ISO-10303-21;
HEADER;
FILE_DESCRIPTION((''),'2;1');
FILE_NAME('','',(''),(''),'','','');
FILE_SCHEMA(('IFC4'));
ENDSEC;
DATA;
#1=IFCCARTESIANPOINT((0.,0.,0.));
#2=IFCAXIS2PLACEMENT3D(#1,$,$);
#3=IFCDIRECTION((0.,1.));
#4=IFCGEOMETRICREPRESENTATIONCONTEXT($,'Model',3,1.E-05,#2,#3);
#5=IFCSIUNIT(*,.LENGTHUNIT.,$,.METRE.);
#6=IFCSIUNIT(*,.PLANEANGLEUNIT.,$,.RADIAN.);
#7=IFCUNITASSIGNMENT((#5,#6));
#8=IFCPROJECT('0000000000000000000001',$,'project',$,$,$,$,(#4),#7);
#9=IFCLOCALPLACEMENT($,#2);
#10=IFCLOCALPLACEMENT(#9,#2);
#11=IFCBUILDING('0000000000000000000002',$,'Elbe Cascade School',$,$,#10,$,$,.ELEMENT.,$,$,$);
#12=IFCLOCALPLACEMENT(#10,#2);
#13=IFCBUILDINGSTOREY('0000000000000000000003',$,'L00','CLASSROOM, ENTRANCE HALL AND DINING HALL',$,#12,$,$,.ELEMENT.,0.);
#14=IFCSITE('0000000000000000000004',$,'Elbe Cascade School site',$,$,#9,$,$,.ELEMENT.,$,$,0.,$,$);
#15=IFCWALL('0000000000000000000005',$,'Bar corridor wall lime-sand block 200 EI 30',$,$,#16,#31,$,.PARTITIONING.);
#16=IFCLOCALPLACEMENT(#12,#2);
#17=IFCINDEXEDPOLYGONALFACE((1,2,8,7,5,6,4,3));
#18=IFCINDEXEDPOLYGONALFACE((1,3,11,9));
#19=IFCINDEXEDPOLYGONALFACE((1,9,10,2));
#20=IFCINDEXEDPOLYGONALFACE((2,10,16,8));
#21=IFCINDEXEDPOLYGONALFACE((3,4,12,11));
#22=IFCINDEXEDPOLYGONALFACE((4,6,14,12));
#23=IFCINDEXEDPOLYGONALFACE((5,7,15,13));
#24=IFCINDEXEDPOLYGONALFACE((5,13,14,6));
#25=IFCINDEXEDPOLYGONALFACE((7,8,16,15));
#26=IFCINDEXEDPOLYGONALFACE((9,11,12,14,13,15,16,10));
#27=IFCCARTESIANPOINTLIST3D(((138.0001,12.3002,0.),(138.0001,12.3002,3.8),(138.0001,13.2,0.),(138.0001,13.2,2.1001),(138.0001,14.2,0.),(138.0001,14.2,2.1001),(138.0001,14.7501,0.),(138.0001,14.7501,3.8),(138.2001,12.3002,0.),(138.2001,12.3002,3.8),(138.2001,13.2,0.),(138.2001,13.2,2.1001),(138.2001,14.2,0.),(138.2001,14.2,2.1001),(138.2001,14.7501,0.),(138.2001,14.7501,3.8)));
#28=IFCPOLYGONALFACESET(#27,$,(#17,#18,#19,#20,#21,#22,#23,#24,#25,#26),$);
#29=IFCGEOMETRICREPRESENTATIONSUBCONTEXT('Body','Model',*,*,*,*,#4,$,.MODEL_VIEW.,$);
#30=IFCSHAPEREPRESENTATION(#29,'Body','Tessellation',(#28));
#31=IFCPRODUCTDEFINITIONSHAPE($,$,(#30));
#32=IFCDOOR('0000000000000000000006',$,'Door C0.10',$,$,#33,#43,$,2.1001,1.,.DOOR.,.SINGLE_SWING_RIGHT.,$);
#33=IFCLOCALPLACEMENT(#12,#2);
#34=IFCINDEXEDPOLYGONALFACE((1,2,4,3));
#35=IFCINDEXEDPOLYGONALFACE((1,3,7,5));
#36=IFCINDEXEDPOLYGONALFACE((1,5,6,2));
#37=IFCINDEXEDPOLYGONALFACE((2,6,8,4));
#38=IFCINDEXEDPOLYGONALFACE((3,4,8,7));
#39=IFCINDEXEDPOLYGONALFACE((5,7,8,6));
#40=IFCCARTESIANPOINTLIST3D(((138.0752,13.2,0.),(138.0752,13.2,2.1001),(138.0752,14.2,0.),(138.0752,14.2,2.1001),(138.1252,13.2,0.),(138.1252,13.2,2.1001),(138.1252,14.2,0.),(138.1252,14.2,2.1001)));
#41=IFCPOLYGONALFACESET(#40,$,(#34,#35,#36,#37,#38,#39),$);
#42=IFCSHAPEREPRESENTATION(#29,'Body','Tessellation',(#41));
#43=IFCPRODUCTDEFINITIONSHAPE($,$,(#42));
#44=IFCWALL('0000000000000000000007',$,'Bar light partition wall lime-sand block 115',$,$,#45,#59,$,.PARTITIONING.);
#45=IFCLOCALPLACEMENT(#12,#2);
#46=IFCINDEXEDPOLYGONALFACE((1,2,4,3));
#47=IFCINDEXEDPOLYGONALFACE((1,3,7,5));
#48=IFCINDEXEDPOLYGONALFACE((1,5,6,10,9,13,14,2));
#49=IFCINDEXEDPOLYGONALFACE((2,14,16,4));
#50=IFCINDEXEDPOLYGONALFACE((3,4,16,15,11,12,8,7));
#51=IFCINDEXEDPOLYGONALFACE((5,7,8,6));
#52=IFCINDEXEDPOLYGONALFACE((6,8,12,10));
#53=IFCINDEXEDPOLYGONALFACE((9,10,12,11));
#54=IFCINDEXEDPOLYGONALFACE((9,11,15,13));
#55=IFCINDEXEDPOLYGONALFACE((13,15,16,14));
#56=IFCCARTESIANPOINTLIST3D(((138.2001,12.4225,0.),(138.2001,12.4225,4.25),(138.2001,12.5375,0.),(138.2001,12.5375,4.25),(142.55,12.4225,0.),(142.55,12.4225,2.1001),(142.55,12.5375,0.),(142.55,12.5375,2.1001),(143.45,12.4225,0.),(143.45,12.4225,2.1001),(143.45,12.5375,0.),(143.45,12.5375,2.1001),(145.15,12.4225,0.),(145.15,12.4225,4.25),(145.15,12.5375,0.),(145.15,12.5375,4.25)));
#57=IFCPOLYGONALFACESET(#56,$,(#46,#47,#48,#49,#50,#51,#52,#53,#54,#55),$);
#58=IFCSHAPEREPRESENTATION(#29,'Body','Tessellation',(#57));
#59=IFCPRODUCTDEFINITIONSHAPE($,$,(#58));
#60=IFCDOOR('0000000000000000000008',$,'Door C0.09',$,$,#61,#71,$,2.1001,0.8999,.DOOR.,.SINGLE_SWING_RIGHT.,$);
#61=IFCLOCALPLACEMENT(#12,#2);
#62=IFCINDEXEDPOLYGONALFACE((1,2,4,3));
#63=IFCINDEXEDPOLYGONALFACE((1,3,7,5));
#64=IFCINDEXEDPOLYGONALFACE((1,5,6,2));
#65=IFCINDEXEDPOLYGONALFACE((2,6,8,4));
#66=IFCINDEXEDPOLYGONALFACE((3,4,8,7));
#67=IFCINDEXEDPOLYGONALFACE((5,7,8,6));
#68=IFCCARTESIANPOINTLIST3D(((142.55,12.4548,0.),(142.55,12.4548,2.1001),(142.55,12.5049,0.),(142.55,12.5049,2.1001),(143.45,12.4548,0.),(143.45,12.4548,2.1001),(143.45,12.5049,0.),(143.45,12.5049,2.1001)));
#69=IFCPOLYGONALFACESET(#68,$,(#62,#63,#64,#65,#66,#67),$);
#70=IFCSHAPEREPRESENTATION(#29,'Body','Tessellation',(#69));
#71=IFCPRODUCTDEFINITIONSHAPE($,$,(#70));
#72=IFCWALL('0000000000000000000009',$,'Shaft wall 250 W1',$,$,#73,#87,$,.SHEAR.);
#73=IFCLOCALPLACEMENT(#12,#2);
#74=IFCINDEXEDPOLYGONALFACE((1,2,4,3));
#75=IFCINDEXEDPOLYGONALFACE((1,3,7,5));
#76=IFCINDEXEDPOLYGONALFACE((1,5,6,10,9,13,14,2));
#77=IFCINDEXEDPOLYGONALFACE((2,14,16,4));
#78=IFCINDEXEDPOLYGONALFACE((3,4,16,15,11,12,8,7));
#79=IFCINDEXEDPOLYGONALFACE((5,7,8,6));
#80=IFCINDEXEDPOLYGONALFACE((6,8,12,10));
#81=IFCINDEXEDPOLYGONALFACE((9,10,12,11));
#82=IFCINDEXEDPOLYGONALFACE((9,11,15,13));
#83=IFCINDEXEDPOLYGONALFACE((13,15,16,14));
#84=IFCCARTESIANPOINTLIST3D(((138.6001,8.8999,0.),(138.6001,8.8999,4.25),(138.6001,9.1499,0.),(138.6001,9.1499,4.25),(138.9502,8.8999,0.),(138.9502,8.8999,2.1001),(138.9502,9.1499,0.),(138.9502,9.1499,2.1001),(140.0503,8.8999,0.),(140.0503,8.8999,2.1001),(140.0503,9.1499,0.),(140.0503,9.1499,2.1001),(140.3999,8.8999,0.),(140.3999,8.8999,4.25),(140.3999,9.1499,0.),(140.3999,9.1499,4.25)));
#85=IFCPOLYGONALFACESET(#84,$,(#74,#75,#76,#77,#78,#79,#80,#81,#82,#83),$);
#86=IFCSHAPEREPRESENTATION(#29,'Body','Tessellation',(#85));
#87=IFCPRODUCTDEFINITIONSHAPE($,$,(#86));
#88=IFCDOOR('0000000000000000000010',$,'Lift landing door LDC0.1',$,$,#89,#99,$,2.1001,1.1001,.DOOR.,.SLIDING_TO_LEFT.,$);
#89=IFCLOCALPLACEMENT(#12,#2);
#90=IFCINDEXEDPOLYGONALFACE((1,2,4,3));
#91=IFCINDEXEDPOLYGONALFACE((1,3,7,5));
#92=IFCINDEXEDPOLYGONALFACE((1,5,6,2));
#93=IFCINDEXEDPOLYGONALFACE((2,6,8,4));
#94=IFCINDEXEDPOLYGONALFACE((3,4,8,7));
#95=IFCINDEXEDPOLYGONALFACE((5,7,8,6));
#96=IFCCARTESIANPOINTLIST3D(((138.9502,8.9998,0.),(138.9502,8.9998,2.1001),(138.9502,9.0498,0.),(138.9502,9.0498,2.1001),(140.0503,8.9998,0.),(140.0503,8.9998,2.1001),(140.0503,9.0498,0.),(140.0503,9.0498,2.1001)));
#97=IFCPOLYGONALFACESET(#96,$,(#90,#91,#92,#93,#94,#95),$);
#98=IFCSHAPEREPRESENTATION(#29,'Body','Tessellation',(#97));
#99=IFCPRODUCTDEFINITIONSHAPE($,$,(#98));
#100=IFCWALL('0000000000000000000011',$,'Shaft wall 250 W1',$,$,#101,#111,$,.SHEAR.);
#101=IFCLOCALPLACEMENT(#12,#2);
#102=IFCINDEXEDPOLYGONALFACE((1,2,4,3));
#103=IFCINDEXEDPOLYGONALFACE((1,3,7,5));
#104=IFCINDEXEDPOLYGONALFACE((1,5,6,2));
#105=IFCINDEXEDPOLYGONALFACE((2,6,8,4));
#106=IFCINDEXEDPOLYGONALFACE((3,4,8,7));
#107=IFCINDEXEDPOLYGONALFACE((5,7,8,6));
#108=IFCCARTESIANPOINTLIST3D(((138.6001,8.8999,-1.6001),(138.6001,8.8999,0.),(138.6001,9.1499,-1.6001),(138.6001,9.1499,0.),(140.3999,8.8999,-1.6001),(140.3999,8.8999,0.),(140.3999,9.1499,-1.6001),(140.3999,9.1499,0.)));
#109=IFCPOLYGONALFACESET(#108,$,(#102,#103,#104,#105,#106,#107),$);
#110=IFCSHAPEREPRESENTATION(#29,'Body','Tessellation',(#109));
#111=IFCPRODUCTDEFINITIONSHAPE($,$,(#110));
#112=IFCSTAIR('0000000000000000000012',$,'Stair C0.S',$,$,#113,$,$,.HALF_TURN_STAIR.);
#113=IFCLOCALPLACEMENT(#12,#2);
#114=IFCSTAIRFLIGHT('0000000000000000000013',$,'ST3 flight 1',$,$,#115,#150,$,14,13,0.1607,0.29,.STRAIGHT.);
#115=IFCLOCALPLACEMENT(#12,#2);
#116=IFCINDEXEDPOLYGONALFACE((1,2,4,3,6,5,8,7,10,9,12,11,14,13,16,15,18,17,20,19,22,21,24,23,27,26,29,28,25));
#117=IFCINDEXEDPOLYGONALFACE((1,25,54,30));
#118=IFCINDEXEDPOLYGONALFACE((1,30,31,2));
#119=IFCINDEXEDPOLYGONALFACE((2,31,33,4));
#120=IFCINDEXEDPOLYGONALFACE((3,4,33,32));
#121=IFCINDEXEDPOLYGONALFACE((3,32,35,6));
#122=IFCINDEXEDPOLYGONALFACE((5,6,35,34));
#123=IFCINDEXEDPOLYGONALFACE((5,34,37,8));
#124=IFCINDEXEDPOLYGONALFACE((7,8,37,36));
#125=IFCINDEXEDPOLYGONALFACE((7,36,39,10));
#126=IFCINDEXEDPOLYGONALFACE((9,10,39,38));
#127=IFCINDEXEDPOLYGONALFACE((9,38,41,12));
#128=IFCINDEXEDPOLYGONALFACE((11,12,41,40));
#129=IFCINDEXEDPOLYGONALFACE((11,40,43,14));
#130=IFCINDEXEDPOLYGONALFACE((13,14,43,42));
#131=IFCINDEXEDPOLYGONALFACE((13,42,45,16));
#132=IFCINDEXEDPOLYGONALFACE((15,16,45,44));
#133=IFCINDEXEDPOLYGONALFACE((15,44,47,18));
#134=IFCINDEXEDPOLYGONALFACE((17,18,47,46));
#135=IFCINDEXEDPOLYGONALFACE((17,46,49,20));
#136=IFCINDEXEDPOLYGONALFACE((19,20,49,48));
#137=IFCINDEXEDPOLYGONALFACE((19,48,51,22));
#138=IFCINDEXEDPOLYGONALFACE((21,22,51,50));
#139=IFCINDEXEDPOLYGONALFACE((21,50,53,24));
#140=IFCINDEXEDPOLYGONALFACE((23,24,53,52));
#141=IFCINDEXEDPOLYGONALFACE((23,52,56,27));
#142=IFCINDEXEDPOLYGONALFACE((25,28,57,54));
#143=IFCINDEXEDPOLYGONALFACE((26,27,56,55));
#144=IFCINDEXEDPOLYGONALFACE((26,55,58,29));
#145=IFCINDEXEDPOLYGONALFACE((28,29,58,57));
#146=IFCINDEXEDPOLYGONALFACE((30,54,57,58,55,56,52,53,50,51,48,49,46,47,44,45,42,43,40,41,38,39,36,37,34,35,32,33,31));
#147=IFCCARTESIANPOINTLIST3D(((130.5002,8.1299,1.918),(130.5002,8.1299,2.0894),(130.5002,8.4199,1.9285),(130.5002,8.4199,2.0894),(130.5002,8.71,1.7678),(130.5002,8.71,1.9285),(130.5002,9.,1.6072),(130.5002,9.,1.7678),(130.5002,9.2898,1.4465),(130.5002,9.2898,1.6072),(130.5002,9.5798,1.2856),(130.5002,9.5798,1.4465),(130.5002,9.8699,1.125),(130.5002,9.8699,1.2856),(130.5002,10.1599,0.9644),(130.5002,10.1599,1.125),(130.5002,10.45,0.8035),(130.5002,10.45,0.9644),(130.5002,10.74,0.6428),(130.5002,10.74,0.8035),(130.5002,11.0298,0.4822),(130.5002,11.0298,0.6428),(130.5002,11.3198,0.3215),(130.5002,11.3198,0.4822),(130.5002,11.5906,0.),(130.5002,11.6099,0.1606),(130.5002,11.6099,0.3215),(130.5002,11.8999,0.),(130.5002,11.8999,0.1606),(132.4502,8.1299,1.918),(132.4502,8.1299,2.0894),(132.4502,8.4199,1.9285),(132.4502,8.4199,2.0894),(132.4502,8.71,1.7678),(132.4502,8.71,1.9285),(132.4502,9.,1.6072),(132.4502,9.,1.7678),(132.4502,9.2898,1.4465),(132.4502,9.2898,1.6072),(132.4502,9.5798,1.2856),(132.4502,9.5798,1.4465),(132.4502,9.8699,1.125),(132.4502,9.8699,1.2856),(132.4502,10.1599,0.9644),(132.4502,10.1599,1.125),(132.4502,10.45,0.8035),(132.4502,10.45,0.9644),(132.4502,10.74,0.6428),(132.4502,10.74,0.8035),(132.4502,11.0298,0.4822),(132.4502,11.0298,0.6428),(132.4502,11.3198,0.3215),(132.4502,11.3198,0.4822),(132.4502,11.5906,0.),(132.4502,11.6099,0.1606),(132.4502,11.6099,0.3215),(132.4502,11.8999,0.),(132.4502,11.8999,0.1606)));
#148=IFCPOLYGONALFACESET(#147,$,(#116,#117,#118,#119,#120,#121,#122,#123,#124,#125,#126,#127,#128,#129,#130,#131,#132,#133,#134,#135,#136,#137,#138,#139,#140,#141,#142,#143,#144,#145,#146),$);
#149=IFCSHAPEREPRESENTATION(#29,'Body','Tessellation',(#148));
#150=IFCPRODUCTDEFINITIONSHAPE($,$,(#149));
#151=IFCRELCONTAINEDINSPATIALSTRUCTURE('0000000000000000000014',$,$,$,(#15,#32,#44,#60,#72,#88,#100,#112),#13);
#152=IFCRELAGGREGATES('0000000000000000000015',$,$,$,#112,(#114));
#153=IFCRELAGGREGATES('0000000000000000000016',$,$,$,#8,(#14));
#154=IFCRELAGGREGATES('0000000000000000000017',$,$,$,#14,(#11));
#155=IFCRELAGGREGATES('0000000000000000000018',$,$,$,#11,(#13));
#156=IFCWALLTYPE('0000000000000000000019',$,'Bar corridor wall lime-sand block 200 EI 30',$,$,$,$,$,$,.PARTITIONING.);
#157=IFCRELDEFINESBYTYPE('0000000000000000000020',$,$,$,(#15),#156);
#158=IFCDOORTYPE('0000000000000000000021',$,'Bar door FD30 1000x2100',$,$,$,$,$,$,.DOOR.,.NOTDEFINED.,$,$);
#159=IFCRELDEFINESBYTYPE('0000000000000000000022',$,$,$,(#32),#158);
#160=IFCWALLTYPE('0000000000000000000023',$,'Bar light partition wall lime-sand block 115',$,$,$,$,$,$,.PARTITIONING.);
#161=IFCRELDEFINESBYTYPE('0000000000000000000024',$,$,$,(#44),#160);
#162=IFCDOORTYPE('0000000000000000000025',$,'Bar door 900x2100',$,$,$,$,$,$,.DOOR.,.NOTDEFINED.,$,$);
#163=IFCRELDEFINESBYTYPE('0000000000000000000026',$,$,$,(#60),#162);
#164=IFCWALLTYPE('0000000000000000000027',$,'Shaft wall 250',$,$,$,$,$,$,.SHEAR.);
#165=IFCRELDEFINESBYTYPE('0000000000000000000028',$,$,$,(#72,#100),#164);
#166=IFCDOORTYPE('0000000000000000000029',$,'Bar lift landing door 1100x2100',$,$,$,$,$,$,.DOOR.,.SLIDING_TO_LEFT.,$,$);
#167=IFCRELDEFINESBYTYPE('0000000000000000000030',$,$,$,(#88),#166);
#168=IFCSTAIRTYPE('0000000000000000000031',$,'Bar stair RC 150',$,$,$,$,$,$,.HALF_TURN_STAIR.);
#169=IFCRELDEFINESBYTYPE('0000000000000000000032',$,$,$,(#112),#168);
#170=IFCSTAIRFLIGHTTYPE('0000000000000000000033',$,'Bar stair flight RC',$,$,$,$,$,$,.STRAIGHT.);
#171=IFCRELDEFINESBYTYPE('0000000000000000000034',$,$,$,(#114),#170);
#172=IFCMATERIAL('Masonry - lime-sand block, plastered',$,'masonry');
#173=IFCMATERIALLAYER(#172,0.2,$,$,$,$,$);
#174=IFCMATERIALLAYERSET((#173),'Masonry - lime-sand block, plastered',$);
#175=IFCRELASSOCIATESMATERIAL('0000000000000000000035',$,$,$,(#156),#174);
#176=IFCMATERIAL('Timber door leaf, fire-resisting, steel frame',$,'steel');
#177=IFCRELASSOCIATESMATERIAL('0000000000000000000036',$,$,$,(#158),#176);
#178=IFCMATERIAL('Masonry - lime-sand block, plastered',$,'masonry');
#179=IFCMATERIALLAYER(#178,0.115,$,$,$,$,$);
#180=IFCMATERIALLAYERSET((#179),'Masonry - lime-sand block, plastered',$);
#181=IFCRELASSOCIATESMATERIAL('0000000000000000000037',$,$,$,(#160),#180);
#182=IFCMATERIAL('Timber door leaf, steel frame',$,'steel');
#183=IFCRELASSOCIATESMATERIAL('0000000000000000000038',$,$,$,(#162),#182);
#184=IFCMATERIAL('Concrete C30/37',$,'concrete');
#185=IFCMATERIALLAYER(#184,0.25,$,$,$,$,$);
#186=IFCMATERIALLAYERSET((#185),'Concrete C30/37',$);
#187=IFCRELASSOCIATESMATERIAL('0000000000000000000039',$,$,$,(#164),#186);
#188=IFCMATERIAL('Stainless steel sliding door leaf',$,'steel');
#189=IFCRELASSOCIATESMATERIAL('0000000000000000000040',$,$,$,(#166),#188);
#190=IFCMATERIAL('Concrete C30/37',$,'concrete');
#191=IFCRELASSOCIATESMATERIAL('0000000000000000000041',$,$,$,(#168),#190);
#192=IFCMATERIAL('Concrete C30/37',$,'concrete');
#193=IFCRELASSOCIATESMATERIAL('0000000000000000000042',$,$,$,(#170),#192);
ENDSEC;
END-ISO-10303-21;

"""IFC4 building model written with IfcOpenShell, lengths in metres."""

from ifc_helpers import new_model, si_unit, direction, frame, frame_2d, origin, place, context, subcontext, project, spatial, polyline, rectangle, outline, extrude, material, layer, layer_set, type_object, element, fill, aggregate, save


model = new_model("IFC4")

# Units and contexts
model_context = context("Model", 3, precision=1e-05, world=origin(), true_north=direction((0.0, 1.0)))
body_context = subcontext(model_context, "Body", "Model", "MODEL_VIEW")
ifc_project = project(units=[si_unit("LENGTHUNIT", "METRE"), si_unit("PLANEANGLEUNIT", "RADIAN")], contexts=[model_context])

# Site, building, storey
site_placement = place(None, origin())
site = spatial("IfcSite", under=ifc_project, at=site_placement, Name="Elbe Cascade School site", CompositionType="ELEMENT", RefElevation=0.0)
building_placement = place(site_placement, origin())
building = spatial("IfcBuilding", under=site, at=building_placement, Name="Elbe Cascade School", CompositionType="ELEMENT")
storey_placement = place(building_placement, origin())
storey = spatial("IfcBuildingStorey", under=building, at=storey_placement, Name="L00", Description="CLASSROOM, ENTRANCE HALL AND DINING HALL", CompositionType="ELEMENT", Elevation=0.0)

# Walls, openings, doors
ifc_material_1 = material(Name="Masonry - lime-sand block, plastered", Category="masonry")
ifc_layer_1 = layer(ifc_material_1, 0.2)
ifc_layer_set_1 = layer_set([ifc_layer_1], Name="Masonry - lime-sand block, plastered")
wall_type_1 = type_object("IfcWallType", Name="Bar corridor wall lime-sand block 200 EI 30", PredefinedType="PARTITIONING", material=ifc_layer_set_1)
wall_1_placement = place(storey_placement, frame((138.1001, 12.3, 0.0), z_axis=(0.0, 0.0, 1.0), x_axis=(0.0, 1.0, 0.0)))
wall_1 = element("IfcWall", 1, at=wall_1_placement, inside=storey, type_object=wall_type_1, Name="Bar corridor wall lime-sand block 200 EI 30", PredefinedType="PARTITIONING", context=body_context, shape_type="SweptSolid", body=[
    extrude(rectangle(XDim=2.45, YDim=0.2, at=frame_2d((1.2251, 0.0))), origin(), (0.0, 0.0, 1.0), 3.8),
])
opening_1_placement = place(wall_1_placement, frame((0.8999, 0.0, 0.0)))
opening_1 = element("IfcOpeningElement", 2, at=opening_1_placement, cuts=wall_1, PredefinedType="OPENING", context=body_context, shape_type="SweptSolid", body=[
    extrude(rectangle(XDim=1.0, YDim=2.1001, at=frame_2d((0.5, 1.05))), frame((0.0, 0.1099, 0.0), z_axis=(0.0, -1.0, 0.0), x_axis=(1.0, 0.0, 0.0)), (0.0, 0.0, 1.0), 0.22),
])
ifc_material_2 = material(Name="Timber door leaf, fire-resisting, steel frame", Category="steel")
door_type_1 = type_object("IfcDoorType", Name="Bar door FD30 1000x2100", OperationType="NOTDEFINED", PredefinedType="DOOR", material=ifc_material_2)
door_1_placement = place(opening_1_placement, origin())
door_1 = element("IfcDoor", 3, at=door_1_placement, inside=storey, type_object=door_type_1, Name="Door C0.10", OperationType="SINGLE_SWING_RIGHT", OverallHeight=2.1001, OverallWidth=1.0, PredefinedType="DOOR", context=body_context, shape_type="SweptSolid", body=[
    extrude(rectangle(XDim=1.0, YDim=2.1001, at=frame_2d((0.5, 1.05))), frame((0.0, 0.0249, 0.0), z_axis=(0.0, -1.0, 0.0), x_axis=(1.0, 0.0, 0.0)), (0.0, 0.0, 1.0), 0.05),
])
fill(opening_1, door_1)
ifc_material_3 = material(Name="Masonry - lime-sand block, plastered", Category="masonry")
ifc_layer_2 = layer(ifc_material_3, 0.115)
ifc_layer_set_2 = layer_set([ifc_layer_2], Name="Masonry - lime-sand block, plastered")
wall_type_2 = type_object("IfcWallType", Name="Bar light partition wall lime-sand block 115", PredefinedType="PARTITIONING", material=ifc_layer_set_2)
wall_2_placement = place(storey_placement, frame((138.2, 12.48, 0.0), z_axis=(0.0, 0.0, 1.0), x_axis=(1.0, 0.0, 0.0)))
wall_2 = element("IfcWall", 4, at=wall_2_placement, inside=storey, type_object=wall_type_2, Name="Bar light partition wall lime-sand block 115", PredefinedType="PARTITIONING", context=body_context, shape_type="SweptSolid", body=[
    extrude(rectangle(XDim=6.95, YDim=0.115, at=frame_2d((3.4751, 0.0))), origin(), (0.0, 0.0, 1.0), 4.25),
])
opening_2_placement = place(wall_2_placement, frame((4.3501, 0.0, 0.0)))
opening_2 = element("IfcOpeningElement", 5, at=opening_2_placement, cuts=wall_2, PredefinedType="OPENING", context=body_context, shape_type="SweptSolid", body=[
    extrude(rectangle(XDim=0.8999, YDim=2.1001, at=frame_2d((0.45, 1.05))), frame((0.0, 0.0674, 0.0), z_axis=(0.0, -1.0, 0.0), x_axis=(1.0, 0.0, 0.0)), (0.0, 0.0, 1.0), 0.135),
])
ifc_material_4 = material(Name="Timber door leaf, steel frame", Category="steel")
door_type_2 = type_object("IfcDoorType", Name="Bar door 900x2100", OperationType="NOTDEFINED", PredefinedType="DOOR", material=ifc_material_4)
door_2_placement = place(opening_2_placement, origin())
door_2 = element("IfcDoor", 6, at=door_2_placement, inside=storey, type_object=door_type_2, Name="Door C0.09", OperationType="SINGLE_SWING_RIGHT", OverallHeight=2.1001, OverallWidth=0.8999, PredefinedType="DOOR", context=body_context, shape_type="SweptSolid", body=[
    extrude(rectangle(XDim=0.8999, YDim=2.1001, at=frame_2d((0.45, 1.05))), frame((0.0, 0.0249, 0.0), z_axis=(0.0, -1.0, 0.0), x_axis=(1.0, 0.0, 0.0)), (0.0, 0.0, 1.0), 0.05),
])
fill(opening_2, door_2)
ifc_material_5 = material(Name="Concrete C30/37", Category="concrete")
ifc_layer_3 = layer(ifc_material_5, 0.25)
ifc_layer_set_3 = layer_set([ifc_layer_3], Name="Concrete C30/37")
wall_type_3 = type_object("IfcWallType", Name="Shaft wall 250", PredefinedType="SHEAR", material=ifc_layer_set_3)
wall_3_placement = place(storey_placement, frame((138.6001, 9.0249, 0.0), z_axis=(0.0, 0.0, 1.0), x_axis=(1.0, 0.0, 0.0)))
wall_3 = element("IfcWall", 7, at=wall_3_placement, inside=storey, type_object=wall_type_3, Name="Shaft wall 250 W1", PredefinedType="SHEAR", context=body_context, shape_type="SweptSolid", body=[
    extrude(rectangle(XDim=1.7998, YDim=0.25, at=frame_2d((0.8999, 0.0))), origin(), (0.0, 0.0, 1.0), 4.25),
])
opening_3_placement = place(wall_3_placement, frame((0.3501, 0.0, 0.0)))
opening_3 = element("IfcOpeningElement", 8, at=opening_3_placement, cuts=wall_3, PredefinedType="OPENING", context=body_context, shape_type="SweptSolid", body=[
    extrude(rectangle(XDim=1.1001, YDim=2.1001, at=frame_2d((0.55, 1.05))), frame((0.0, 0.135, 0.0), z_axis=(0.0, -1.0, 0.0), x_axis=(1.0, 0.0, 0.0)), (0.0, 0.0, 1.0), 0.27),
])
ifc_material_6 = material(Name="Stainless steel sliding door leaf", Category="steel")
door_type_3 = type_object("IfcDoorType", Name="Bar lift landing door 1100x2100", OperationType="SLIDING_TO_LEFT", PredefinedType="DOOR", material=ifc_material_6)
door_3_placement = place(opening_3_placement, origin())
door_3 = element("IfcDoor", 9, at=door_3_placement, inside=storey, type_object=door_type_3, Name="Lift landing door LDC0.1", OperationType="SLIDING_TO_LEFT", OverallHeight=2.1001, OverallWidth=1.1001, PredefinedType="DOOR", context=body_context, shape_type="SweptSolid", body=[
    extrude(rectangle(XDim=1.1001, YDim=2.1001, at=frame_2d((0.55, 1.05))), frame((0.0, 0.0249, 0.0), z_axis=(0.0, -1.0, 0.0), x_axis=(1.0, 0.0, 0.0)), (0.0, 0.0, 1.0), 0.05),
])
fill(opening_3, door_3)

# Wall
wall_4_placement = place(storey_placement, frame((138.6001, 9.0249, -1.6001), z_axis=(0.0, 0.0, 1.0), x_axis=(1.0, 0.0, 0.0)))
element("IfcWall", 10, at=wall_4_placement, inside=storey, type_object=wall_type_3, Name="Shaft wall 250 W1", PredefinedType="SHEAR", context=body_context, shape_type="SweptSolid", body=[
    extrude(rectangle(XDim=1.7998, YDim=0.25, at=frame_2d((0.8999, 0.0))), origin(), (0.0, 0.0, 1.0), 1.6001),
])

# Stair, stair flight
ifc_material_7 = material(Name="Concrete C30/37", Category="concrete")
stair_type = type_object("IfcStairType", Name="Bar stair RC 150", PredefinedType="HALF_TURN_STAIR", material=ifc_material_7)
stair_placement = place(storey_placement, origin())
stair = element("IfcStair", 11, at=stair_placement, inside=storey, type_object=stair_type, Name="Stair C0.S", PredefinedType="HALF_TURN_STAIR")
ifc_material_8 = material(Name="Concrete C30/37", Category="concrete")
stair_flight_type = type_object("IfcStairFlightType", Name="Bar stair flight RC", PredefinedType="STRAIGHT", material=ifc_material_8)
stair_flight_placement = place(storey_placement, frame((131.4751, 11.8999, 0.0), z_axis=(0.0, 0.0, 1.0), x_axis=(0.0, -1.0, 0.0)))
stair_flight = element("IfcStairFlight", 12, at=stair_flight_placement, type_object=stair_flight_type, Name="ST3 flight 1", NumberOfRisers=14, NumberOfTreads=13, PredefinedType="STRAIGHT", RiserHeight=0.1607, TreadLength=0.29, context=body_context, shape_type="SweptSolid", body=[
    extrude(outline(polyline([(0.0, 0.0), (0.0, 0.1606), (0.29, 0.1606), (0.29, 0.3215), (0.5801, 0.3215), (0.5801, 0.4822), (0.8701, 0.4822), (0.8701, 0.6428), (1.1599, 0.6428), (1.1599, 0.8035), (1.45, 0.8035), (1.45, 0.9644), (1.74, 0.9644), (1.74, 1.125), (2.03, 1.125), (2.03, 1.2856), (2.3201, 1.2856), (2.3201, 1.4465), (2.6101, 1.4465), (2.6101, 1.6072), (2.8999, 1.6072), (2.8999, 1.7678), (3.1899, 1.7678), (3.1899, 1.9285), (3.48, 1.9285), (3.48, 2.0894), (3.77, 2.0894), (3.77, 2.25), (3.77, 1.918), (0.3093, 0.0), (0.0, 0.0)])), frame((0.0, 0.9751, 0.0), z_axis=(0.0, -1.0, 0.0), x_axis=(1.0, 0.0, 0.0)), (0.0, 0.0, 1.0), 1.95),
])
aggregate(stair, [stair_flight])

save(model, "model.ifc")
